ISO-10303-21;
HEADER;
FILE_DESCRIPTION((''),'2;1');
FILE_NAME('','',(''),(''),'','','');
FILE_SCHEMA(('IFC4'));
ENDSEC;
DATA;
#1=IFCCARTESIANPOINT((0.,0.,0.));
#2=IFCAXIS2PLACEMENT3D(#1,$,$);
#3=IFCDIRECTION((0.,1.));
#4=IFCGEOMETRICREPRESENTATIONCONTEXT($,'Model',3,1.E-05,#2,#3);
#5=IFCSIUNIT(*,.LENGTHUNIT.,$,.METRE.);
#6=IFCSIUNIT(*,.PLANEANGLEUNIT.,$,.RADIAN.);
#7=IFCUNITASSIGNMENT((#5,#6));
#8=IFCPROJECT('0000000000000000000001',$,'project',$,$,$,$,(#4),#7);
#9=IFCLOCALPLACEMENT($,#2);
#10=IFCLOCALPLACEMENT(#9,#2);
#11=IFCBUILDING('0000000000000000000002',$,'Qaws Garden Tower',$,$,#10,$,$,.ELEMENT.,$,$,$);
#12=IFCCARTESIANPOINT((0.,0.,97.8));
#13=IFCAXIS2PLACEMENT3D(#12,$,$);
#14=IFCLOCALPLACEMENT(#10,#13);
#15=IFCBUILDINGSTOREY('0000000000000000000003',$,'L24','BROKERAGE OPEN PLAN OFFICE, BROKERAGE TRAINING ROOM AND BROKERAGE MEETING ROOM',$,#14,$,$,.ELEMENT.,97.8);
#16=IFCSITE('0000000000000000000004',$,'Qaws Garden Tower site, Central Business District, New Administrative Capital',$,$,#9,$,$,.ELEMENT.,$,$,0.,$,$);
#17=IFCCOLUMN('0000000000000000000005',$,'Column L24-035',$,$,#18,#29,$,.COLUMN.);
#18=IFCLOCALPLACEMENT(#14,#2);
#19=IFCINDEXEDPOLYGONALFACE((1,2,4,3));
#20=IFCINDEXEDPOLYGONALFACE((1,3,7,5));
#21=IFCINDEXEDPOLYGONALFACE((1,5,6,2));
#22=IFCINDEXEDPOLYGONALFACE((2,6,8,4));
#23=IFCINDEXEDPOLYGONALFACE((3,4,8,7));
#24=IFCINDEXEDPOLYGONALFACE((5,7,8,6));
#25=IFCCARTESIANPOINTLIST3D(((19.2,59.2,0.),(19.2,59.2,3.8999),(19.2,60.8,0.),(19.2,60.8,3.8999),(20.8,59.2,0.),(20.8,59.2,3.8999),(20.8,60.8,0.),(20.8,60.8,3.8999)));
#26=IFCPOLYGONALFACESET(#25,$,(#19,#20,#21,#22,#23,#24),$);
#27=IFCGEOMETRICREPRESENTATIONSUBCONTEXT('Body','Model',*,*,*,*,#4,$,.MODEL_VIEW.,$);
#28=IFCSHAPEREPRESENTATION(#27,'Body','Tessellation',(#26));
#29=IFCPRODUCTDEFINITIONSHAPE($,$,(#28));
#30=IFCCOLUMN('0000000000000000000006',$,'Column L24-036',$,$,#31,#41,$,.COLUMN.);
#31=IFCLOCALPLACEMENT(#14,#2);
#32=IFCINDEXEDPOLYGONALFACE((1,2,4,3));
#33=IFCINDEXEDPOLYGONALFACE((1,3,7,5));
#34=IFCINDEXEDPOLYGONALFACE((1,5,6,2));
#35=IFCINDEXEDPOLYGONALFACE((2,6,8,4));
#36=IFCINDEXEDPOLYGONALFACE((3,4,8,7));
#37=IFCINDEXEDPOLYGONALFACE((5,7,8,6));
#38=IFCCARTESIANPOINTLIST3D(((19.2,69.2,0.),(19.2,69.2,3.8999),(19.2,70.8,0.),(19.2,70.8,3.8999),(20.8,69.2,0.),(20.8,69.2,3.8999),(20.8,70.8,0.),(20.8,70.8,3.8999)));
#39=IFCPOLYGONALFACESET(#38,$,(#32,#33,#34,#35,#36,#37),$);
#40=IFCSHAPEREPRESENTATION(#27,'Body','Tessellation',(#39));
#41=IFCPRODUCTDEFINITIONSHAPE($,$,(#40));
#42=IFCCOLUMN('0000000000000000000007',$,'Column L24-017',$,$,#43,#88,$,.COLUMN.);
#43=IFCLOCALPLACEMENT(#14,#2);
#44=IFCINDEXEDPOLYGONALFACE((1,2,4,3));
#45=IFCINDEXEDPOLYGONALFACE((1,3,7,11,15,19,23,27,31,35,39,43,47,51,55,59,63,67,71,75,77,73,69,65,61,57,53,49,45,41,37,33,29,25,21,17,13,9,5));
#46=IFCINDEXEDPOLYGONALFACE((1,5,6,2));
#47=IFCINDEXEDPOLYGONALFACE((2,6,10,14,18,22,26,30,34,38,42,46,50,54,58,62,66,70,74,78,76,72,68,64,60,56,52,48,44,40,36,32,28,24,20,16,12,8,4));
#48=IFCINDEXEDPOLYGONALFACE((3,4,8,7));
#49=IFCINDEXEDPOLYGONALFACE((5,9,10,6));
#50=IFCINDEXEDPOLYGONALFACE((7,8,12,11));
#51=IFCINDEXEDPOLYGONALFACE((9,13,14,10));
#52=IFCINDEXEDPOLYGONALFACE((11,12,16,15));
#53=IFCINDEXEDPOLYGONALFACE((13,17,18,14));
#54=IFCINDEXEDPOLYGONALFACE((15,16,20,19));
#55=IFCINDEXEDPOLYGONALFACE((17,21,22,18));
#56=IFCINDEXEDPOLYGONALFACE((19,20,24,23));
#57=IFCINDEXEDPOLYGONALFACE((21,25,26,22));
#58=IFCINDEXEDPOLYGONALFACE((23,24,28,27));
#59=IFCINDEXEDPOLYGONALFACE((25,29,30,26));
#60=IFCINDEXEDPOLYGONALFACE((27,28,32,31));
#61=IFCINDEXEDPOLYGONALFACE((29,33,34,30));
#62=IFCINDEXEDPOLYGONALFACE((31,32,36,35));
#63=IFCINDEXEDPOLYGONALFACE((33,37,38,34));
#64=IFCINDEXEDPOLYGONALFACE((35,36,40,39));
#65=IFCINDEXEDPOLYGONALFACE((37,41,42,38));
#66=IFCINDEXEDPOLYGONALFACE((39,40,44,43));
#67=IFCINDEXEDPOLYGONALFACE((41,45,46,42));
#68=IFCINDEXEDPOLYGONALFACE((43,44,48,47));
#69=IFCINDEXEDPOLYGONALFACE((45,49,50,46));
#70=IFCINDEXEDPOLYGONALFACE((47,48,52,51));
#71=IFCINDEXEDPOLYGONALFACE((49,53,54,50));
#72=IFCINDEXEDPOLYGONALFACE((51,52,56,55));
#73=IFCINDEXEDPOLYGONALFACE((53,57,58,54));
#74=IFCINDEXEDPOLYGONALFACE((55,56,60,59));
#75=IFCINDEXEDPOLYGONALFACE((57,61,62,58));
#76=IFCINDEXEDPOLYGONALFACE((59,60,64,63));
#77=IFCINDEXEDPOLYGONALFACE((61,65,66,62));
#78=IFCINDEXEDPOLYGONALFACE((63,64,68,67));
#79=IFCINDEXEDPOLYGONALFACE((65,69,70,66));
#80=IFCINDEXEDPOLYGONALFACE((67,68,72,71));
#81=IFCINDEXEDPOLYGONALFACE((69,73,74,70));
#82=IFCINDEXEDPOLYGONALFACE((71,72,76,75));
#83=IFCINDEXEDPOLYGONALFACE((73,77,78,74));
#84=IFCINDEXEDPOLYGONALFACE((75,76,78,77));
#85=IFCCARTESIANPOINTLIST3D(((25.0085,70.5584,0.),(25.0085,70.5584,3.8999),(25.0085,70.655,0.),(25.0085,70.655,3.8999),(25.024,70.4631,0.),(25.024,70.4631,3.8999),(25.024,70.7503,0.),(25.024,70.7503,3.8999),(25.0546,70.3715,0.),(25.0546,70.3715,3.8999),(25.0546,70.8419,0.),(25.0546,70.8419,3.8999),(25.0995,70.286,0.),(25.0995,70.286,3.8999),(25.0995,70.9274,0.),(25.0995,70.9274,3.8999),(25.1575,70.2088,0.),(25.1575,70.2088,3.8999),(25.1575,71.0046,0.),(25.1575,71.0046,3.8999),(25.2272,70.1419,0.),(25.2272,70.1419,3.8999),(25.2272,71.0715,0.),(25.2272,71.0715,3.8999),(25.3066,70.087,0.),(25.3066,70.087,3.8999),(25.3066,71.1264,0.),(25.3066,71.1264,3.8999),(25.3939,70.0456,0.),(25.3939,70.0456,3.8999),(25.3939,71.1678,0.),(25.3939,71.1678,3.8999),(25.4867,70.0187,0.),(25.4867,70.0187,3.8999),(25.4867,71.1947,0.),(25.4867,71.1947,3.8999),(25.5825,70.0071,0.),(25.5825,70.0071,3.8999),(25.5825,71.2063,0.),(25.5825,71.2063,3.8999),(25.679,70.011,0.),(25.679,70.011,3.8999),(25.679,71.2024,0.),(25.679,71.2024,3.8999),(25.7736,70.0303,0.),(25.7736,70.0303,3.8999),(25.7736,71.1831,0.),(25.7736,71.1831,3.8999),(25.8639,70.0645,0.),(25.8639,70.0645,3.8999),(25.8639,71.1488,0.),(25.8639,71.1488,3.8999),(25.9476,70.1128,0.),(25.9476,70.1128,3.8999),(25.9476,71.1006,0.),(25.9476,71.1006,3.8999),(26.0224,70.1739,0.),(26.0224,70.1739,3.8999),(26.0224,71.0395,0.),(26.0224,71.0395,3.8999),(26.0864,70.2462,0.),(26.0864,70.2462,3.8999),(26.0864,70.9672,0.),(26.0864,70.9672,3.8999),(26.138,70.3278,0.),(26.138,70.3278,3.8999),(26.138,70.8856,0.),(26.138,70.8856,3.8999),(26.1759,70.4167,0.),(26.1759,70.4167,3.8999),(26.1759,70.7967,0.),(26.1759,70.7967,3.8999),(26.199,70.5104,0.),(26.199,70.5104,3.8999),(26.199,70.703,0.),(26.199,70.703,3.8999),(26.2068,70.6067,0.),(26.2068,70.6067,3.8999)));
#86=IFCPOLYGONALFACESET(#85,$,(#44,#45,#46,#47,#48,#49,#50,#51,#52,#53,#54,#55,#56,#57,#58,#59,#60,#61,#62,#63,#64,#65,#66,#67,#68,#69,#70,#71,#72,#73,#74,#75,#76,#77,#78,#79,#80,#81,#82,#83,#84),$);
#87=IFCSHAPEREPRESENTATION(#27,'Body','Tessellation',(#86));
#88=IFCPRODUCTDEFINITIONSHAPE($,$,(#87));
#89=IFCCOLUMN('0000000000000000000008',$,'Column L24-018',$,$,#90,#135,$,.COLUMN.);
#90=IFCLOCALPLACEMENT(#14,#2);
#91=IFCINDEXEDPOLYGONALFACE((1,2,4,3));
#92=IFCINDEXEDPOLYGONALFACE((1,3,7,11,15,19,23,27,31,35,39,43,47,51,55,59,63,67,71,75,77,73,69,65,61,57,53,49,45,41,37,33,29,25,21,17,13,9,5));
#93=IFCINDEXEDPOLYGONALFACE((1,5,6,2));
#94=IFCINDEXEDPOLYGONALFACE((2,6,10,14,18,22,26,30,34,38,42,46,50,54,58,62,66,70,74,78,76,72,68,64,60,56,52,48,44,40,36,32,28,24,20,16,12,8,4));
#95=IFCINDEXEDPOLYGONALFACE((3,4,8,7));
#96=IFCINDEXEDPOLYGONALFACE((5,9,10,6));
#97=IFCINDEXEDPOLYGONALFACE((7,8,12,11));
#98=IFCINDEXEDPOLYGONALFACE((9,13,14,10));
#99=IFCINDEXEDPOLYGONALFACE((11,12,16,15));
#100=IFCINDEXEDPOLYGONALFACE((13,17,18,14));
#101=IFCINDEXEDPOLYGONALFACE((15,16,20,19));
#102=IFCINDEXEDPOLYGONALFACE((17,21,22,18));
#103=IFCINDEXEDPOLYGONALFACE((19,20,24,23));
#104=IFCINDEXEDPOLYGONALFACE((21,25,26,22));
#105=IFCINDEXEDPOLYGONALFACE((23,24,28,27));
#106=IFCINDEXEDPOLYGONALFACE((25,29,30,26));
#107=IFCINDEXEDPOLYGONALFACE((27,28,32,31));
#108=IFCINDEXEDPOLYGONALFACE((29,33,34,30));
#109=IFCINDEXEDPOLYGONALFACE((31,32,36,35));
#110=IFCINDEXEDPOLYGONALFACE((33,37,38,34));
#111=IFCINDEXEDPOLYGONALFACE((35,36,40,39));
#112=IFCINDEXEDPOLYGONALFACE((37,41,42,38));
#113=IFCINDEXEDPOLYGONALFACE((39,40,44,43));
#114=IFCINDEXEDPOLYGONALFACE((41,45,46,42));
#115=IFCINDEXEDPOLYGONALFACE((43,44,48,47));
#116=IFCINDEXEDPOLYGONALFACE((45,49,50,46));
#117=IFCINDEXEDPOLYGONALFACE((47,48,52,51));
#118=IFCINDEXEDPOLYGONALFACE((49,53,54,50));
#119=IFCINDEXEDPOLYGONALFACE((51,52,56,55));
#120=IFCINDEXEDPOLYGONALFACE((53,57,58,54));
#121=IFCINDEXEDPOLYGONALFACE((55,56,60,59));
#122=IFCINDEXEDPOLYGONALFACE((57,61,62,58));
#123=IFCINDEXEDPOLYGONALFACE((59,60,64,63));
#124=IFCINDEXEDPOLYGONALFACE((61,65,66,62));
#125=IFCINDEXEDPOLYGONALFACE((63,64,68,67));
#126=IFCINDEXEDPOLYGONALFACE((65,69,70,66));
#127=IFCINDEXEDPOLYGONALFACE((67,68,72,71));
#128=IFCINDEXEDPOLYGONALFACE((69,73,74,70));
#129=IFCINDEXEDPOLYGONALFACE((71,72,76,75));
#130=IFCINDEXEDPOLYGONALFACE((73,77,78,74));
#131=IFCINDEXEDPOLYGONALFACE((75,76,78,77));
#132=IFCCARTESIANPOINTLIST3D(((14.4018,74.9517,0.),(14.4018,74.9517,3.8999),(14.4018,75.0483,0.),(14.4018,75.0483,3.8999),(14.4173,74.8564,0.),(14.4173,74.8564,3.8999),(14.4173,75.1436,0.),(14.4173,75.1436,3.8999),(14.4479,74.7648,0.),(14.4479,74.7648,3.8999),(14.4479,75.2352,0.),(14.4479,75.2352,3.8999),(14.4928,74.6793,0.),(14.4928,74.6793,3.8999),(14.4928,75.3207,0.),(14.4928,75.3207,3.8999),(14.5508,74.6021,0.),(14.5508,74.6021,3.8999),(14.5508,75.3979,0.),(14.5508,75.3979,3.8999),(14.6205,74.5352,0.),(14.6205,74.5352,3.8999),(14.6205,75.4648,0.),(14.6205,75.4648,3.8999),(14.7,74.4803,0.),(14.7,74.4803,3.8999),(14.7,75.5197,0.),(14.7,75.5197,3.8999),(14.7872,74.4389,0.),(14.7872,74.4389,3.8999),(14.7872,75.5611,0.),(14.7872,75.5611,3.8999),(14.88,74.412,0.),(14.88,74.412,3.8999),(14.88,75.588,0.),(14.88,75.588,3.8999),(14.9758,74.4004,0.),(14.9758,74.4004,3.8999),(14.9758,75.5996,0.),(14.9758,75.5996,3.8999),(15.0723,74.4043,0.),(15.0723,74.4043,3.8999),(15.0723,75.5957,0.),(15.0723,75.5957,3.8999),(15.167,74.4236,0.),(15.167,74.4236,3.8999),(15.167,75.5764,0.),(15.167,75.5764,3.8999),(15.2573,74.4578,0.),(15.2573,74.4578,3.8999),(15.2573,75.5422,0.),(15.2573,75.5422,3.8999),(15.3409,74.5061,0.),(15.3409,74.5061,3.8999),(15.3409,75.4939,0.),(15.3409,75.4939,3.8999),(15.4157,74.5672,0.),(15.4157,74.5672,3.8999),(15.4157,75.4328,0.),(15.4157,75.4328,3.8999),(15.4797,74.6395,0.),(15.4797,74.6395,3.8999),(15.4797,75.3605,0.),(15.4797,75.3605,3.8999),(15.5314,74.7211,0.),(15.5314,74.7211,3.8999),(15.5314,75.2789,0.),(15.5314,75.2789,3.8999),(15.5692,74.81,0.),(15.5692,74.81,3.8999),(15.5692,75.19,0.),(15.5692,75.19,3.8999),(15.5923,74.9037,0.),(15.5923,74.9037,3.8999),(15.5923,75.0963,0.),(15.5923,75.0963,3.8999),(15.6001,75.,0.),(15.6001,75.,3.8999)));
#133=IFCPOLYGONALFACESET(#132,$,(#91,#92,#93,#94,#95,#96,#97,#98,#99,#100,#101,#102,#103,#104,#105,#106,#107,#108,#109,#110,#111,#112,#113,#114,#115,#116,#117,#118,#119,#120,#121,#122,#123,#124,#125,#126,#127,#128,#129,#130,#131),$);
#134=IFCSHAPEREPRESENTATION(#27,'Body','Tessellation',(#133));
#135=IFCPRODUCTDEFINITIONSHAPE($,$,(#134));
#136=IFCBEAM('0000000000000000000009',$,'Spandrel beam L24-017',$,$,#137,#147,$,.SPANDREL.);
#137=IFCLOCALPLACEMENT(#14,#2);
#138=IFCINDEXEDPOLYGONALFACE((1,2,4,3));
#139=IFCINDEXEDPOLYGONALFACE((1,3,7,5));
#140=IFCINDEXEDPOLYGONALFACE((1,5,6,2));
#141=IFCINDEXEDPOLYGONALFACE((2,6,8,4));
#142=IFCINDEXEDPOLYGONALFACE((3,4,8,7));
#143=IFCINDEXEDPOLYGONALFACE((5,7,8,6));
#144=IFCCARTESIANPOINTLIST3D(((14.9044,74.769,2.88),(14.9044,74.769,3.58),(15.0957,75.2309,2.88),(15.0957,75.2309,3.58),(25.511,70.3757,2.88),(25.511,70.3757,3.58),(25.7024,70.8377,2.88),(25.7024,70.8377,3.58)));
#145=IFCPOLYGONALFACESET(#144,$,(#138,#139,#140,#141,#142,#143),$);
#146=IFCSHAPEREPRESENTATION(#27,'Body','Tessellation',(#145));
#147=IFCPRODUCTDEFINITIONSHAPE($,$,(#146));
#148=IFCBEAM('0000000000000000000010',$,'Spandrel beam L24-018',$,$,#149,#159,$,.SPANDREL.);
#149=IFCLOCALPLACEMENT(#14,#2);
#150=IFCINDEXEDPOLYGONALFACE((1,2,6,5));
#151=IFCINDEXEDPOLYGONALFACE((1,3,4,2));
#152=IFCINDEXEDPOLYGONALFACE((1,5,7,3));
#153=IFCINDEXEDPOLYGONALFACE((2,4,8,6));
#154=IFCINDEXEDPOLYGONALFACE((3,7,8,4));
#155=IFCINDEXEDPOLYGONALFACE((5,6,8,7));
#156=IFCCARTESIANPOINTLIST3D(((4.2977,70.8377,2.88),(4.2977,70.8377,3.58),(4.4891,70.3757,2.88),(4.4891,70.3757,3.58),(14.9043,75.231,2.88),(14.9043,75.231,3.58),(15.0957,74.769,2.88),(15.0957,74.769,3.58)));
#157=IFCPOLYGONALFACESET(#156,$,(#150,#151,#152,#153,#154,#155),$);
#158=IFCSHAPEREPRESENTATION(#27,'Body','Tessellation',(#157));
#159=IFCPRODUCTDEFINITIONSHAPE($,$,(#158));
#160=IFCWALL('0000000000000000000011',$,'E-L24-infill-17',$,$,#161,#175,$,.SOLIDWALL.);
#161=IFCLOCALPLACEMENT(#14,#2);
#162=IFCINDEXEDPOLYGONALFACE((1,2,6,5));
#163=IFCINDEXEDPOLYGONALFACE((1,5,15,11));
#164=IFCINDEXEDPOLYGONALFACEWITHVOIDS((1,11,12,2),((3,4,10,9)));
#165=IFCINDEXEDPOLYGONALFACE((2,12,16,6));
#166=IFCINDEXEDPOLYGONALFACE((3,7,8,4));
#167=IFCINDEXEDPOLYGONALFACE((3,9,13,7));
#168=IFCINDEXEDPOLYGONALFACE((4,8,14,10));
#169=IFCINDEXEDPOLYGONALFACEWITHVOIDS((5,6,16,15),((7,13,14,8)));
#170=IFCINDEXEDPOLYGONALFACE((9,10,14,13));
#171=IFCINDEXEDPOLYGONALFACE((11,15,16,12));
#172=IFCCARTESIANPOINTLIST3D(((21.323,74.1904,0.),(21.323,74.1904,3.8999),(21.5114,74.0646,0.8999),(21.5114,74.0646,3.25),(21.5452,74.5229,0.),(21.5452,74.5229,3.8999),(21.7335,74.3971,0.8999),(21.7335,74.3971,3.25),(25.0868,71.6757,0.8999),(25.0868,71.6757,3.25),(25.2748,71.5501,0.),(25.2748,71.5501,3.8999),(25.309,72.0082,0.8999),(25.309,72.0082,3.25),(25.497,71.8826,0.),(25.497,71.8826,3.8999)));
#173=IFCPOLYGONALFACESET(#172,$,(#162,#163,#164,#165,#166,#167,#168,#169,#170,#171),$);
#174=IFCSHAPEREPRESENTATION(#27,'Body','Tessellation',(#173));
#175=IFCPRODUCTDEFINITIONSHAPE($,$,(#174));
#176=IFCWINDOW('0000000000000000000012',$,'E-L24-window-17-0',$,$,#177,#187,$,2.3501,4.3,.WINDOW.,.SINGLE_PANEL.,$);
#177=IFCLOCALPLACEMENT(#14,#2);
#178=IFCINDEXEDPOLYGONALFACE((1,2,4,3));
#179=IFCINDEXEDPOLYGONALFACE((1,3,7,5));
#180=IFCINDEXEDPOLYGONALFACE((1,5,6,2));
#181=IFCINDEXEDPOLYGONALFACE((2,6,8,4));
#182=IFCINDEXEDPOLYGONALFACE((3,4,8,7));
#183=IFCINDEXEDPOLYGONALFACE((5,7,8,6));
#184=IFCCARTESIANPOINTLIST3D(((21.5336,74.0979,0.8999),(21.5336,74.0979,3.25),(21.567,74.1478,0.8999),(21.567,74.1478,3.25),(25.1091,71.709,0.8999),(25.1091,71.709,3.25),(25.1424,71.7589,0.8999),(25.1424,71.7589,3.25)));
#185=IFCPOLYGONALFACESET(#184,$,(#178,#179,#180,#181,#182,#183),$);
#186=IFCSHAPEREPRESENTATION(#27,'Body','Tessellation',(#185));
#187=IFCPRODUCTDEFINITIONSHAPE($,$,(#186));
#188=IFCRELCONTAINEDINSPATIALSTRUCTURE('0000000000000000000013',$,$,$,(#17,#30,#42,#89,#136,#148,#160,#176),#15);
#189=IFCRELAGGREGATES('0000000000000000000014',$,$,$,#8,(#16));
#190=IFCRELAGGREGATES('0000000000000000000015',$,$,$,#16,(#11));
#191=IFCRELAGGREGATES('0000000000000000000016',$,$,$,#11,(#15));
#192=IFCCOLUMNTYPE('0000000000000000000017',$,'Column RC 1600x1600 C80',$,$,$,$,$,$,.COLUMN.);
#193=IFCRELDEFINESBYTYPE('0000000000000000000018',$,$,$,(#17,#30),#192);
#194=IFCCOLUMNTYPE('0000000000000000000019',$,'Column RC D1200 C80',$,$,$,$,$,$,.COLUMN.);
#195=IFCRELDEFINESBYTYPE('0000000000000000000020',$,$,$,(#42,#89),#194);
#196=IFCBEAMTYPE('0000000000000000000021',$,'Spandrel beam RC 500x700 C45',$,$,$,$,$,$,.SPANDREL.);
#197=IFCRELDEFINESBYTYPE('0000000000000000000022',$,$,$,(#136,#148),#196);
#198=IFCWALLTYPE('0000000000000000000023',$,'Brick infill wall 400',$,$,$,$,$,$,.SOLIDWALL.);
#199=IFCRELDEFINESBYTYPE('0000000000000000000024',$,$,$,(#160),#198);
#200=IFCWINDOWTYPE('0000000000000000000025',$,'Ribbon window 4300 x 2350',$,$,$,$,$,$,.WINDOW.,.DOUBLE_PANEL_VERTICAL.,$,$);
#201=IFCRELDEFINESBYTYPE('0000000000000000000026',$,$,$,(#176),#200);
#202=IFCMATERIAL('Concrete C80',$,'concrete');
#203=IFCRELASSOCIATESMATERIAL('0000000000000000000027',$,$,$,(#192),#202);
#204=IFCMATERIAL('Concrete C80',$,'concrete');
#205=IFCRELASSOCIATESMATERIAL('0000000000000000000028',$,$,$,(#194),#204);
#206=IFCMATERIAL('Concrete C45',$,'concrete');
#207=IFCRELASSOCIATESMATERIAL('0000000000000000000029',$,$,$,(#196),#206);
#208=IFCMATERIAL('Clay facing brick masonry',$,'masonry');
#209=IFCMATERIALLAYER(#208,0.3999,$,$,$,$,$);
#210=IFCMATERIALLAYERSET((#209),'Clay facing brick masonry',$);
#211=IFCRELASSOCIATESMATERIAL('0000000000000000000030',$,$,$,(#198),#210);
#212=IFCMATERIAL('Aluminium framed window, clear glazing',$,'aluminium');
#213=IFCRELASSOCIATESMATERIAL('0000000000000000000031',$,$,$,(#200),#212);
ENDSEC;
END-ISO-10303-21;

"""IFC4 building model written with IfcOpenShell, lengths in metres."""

from ifc_helpers import new_model, si_unit, direction, frame, frame_2d, origin, origin_2d, place, context, subcontext, project, spatial, rectangle, circle, extrude, material, layer, layer_set, material_profile, profile_set, type_object, element, fill, save


model = new_model("IFC4")

# Units and contexts
model_context = context("Model", 3, precision=1e-05, world=origin(), true_north=direction((0.0, 1.0)))
body_context = subcontext(model_context, "Body", "Model", "MODEL_VIEW")
ifc_project = project(units=[si_unit("LENGTHUNIT", "METRE"), si_unit("PLANEANGLEUNIT", "RADIAN")], contexts=[model_context])

# Site, building, storey
site_placement = place(None, origin())
site = spatial("IfcSite", under=ifc_project, at=site_placement, Name="Qaws Garden Tower site, Central Business District, New Administrative Capital", CompositionType="ELEMENT", RefElevation=0.0)
building_placement = place(site_placement, origin())
building = spatial("IfcBuilding", under=site, at=building_placement, Name="Qaws Garden Tower", CompositionType="ELEMENT")
storey_placement = place(building_placement, frame((0.0, 0.0, 97.8)))
storey = spatial("IfcBuildingStorey", under=building, at=storey_placement, Name="L24", Description="BROKERAGE OPEN PLAN OFFICE, BROKERAGE TRAINING ROOM AND BROKERAGE MEETING ROOM", CompositionType="ELEMENT", Elevation=97.8)

# Columns
ifc_material_1 = material(Name="Concrete C80", Category="concrete")
ifc_material_profile_1 = material_profile(ifc_material_1, rectangle(XDim=1.6001, YDim=1.6001, at=origin_2d()), Name="RC 1600x1600")
ifc_profile_set_1 = profile_set([ifc_material_profile_1], Name="Concrete C80")
column_type_1 = type_object("IfcColumnType", Name="Column RC 1600x1600 C80", PredefinedType="COLUMN", material=ifc_profile_set_1)
for number, where, z_axis, x_axis, name in (
    (1, (20.0, 60.0, 0.0), (0.0, 0.0, 1.0), (1.0, 0.0, 0.0), "Column L24-035"),
    (2, (20.0, 70.0, 0.0), (0.0, 0.0, 1.0), (1.0, 0.0, 0.0), "Column L24-036"),
):
    element("IfcColumn", number, at=place(storey_placement, frame(where, z_axis=z_axis, x_axis=x_axis)), inside=storey, type_object=column_type_1, Name=name, PredefinedType="COLUMN", context=body_context, shape_type="SweptSolid", body=[
        extrude(rectangle(XDim=1.6001, YDim=1.6001, at=origin_2d()), origin(), (0.0, 0.0, 1.0), 3.8999),
    ])
ifc_material_2 = material(Name="Concrete C80", Category="concrete")
ifc_material_profile_2 = material_profile(ifc_material_2, circle(Radius=0.6001, at=origin_2d()), Name="RC D1200")
ifc_profile_set_2 = profile_set([ifc_material_profile_2], Name="Concrete C80")
column_type_2 = type_object("IfcColumnType", Name="Column RC D1200 C80", PredefinedType="COLUMN", material=ifc_profile_set_2)
for number, where, z_axis, x_axis, name in (
    (3, (25.6067, 70.6067, 0.0), (0.0, 0.0, 1.0), (1.0, 0.0, 0.0), "Column L24-017"),
    (4, (15.0, 75.0, 0.0), (0.0, 0.0, 1.0), (1.0, 0.0, 0.0), "Column L24-018"),
):
    element("IfcColumn", number, at=place(storey_placement, frame(where, z_axis=z_axis, x_axis=x_axis)), inside=storey, type_object=column_type_2, Name=name, PredefinedType="COLUMN", context=body_context, shape_type="SweptSolid", body=[
        extrude(circle(Radius=0.6001, at=origin_2d()), origin(), (0.0, 0.0, 1.0), 3.8999),
    ])

# Beams
ifc_material_3 = material(Name="Concrete C45", Category="concrete")
ifc_material_profile_3 = material_profile(ifc_material_3, rectangle(XDim=0.5, YDim=0.7, at=origin_2d()), Name="RC 500x700")
ifc_profile_set_3 = profile_set([ifc_material_profile_3], Name="Concrete C45")
beam_type = type_object("IfcBeamType", Name="Spandrel beam RC 500x700 C45", PredefinedType="SPANDREL", material=ifc_profile_set_3)
for number, where, z_axis, x_axis, name in (
    (5, (25.6067, 70.6067, 3.23), (-0.923883, 0.382674, 0.0), (-0.382674, -0.923883, 0.0), "Spandrel beam L24-017"),
    (6, (15.0, 75.0, 3.23), (-0.923883, -0.382674, 0.0), (0.382674, -0.923883, 0.0), "Spandrel beam L24-018"),
):
    element("IfcBeam", number, at=place(storey_placement, frame(where, z_axis=z_axis, x_axis=x_axis)), inside=storey, type_object=beam_type, Name=name, PredefinedType="SPANDREL", context=body_context, shape_type="SweptSolid", body=[
        extrude(rectangle(XDim=0.5, YDim=0.7, at=origin_2d()), origin(), (0.0, 0.0, 1.0), 11.4805),
    ])

# Wall, opening, window
ifc_material_4 = material(Name="Clay facing brick masonry", Category="masonry")
ifc_layer_1 = layer(ifc_material_4, 0.3999)
ifc_layer_set_1 = layer_set([ifc_layer_1], Name="Clay facing brick masonry")
wall_type_1 = type_object("IfcWallType", Name="Brick infill wall 400", PredefinedType="SOLIDWALL", material=ifc_layer_set_1)
wall_1_placement = place(storey_placement, frame((25.386, 71.7163, 0.0), z_axis=(0.0, 0.0, 1.0), x_axis=(-0.831489, 0.555542, 0.0)))
wall_1 = element("IfcWall", 7, at=wall_1_placement, inside=storey, type_object=wall_type_1, Name="E-L24-infill-17", PredefinedType="SOLIDWALL", context=body_context, shape_type="SweptSolid", body=[
    extrude(rectangle(XDim=4.7527, YDim=0.3999, at=frame_2d((2.3765, 0.0))), origin(), (0.0, 0.0, 1.0), 3.8999),
])
opening_1_placement = place(wall_1_placement, frame((0.2263, 0.0, 0.8999)))
opening_1 = element("IfcOpeningElement", 8, at=opening_1_placement, cuts=wall_1, PredefinedType="OPENING", context=body_context, shape_type="SweptSolid", body=[
    extrude(rectangle(XDim=4.3, YDim=2.3501, at=frame_2d((2.1499, 1.175))), frame((0.0, 0.21, 0.0), z_axis=(0.0, -1.0, 0.0), x_axis=(1.0, 0.0, 0.0)), (0.0, 0.0, 1.0), 0.4199),
])
ifc_material_5 = material(Name="Aluminium framed window, clear glazing", Category="aluminium")
window_type = type_object("IfcWindowType", Name="Ribbon window 4300 x 2350", PartitioningType="DOUBLE_PANEL_VERTICAL", PredefinedType="WINDOW", material=ifc_material_5)
window_1_placement = place(opening_1_placement, origin())
window_1 = element("IfcWindow", 9, at=window_1_placement, inside=storey, type_object=window_type, Name="E-L24-window-17-0", OverallHeight=2.3501, OverallWidth=4.3, PartitioningType="SINGLE_PANEL", PredefinedType="WINDOW", context=body_context, shape_type="SweptSolid", body=[
    extrude(rectangle(XDim=4.3, YDim=2.3501, at=frame_2d((2.1499, 1.175))), frame((0.0, 0.1599, 0.0), z_axis=(0.0, -1.0, 0.0), x_axis=(1.0, 0.0, 0.0)), (0.0, 0.0, 1.0), 0.0601),
])
fill(opening_1, window_1)

save(model, "model.ifc")
